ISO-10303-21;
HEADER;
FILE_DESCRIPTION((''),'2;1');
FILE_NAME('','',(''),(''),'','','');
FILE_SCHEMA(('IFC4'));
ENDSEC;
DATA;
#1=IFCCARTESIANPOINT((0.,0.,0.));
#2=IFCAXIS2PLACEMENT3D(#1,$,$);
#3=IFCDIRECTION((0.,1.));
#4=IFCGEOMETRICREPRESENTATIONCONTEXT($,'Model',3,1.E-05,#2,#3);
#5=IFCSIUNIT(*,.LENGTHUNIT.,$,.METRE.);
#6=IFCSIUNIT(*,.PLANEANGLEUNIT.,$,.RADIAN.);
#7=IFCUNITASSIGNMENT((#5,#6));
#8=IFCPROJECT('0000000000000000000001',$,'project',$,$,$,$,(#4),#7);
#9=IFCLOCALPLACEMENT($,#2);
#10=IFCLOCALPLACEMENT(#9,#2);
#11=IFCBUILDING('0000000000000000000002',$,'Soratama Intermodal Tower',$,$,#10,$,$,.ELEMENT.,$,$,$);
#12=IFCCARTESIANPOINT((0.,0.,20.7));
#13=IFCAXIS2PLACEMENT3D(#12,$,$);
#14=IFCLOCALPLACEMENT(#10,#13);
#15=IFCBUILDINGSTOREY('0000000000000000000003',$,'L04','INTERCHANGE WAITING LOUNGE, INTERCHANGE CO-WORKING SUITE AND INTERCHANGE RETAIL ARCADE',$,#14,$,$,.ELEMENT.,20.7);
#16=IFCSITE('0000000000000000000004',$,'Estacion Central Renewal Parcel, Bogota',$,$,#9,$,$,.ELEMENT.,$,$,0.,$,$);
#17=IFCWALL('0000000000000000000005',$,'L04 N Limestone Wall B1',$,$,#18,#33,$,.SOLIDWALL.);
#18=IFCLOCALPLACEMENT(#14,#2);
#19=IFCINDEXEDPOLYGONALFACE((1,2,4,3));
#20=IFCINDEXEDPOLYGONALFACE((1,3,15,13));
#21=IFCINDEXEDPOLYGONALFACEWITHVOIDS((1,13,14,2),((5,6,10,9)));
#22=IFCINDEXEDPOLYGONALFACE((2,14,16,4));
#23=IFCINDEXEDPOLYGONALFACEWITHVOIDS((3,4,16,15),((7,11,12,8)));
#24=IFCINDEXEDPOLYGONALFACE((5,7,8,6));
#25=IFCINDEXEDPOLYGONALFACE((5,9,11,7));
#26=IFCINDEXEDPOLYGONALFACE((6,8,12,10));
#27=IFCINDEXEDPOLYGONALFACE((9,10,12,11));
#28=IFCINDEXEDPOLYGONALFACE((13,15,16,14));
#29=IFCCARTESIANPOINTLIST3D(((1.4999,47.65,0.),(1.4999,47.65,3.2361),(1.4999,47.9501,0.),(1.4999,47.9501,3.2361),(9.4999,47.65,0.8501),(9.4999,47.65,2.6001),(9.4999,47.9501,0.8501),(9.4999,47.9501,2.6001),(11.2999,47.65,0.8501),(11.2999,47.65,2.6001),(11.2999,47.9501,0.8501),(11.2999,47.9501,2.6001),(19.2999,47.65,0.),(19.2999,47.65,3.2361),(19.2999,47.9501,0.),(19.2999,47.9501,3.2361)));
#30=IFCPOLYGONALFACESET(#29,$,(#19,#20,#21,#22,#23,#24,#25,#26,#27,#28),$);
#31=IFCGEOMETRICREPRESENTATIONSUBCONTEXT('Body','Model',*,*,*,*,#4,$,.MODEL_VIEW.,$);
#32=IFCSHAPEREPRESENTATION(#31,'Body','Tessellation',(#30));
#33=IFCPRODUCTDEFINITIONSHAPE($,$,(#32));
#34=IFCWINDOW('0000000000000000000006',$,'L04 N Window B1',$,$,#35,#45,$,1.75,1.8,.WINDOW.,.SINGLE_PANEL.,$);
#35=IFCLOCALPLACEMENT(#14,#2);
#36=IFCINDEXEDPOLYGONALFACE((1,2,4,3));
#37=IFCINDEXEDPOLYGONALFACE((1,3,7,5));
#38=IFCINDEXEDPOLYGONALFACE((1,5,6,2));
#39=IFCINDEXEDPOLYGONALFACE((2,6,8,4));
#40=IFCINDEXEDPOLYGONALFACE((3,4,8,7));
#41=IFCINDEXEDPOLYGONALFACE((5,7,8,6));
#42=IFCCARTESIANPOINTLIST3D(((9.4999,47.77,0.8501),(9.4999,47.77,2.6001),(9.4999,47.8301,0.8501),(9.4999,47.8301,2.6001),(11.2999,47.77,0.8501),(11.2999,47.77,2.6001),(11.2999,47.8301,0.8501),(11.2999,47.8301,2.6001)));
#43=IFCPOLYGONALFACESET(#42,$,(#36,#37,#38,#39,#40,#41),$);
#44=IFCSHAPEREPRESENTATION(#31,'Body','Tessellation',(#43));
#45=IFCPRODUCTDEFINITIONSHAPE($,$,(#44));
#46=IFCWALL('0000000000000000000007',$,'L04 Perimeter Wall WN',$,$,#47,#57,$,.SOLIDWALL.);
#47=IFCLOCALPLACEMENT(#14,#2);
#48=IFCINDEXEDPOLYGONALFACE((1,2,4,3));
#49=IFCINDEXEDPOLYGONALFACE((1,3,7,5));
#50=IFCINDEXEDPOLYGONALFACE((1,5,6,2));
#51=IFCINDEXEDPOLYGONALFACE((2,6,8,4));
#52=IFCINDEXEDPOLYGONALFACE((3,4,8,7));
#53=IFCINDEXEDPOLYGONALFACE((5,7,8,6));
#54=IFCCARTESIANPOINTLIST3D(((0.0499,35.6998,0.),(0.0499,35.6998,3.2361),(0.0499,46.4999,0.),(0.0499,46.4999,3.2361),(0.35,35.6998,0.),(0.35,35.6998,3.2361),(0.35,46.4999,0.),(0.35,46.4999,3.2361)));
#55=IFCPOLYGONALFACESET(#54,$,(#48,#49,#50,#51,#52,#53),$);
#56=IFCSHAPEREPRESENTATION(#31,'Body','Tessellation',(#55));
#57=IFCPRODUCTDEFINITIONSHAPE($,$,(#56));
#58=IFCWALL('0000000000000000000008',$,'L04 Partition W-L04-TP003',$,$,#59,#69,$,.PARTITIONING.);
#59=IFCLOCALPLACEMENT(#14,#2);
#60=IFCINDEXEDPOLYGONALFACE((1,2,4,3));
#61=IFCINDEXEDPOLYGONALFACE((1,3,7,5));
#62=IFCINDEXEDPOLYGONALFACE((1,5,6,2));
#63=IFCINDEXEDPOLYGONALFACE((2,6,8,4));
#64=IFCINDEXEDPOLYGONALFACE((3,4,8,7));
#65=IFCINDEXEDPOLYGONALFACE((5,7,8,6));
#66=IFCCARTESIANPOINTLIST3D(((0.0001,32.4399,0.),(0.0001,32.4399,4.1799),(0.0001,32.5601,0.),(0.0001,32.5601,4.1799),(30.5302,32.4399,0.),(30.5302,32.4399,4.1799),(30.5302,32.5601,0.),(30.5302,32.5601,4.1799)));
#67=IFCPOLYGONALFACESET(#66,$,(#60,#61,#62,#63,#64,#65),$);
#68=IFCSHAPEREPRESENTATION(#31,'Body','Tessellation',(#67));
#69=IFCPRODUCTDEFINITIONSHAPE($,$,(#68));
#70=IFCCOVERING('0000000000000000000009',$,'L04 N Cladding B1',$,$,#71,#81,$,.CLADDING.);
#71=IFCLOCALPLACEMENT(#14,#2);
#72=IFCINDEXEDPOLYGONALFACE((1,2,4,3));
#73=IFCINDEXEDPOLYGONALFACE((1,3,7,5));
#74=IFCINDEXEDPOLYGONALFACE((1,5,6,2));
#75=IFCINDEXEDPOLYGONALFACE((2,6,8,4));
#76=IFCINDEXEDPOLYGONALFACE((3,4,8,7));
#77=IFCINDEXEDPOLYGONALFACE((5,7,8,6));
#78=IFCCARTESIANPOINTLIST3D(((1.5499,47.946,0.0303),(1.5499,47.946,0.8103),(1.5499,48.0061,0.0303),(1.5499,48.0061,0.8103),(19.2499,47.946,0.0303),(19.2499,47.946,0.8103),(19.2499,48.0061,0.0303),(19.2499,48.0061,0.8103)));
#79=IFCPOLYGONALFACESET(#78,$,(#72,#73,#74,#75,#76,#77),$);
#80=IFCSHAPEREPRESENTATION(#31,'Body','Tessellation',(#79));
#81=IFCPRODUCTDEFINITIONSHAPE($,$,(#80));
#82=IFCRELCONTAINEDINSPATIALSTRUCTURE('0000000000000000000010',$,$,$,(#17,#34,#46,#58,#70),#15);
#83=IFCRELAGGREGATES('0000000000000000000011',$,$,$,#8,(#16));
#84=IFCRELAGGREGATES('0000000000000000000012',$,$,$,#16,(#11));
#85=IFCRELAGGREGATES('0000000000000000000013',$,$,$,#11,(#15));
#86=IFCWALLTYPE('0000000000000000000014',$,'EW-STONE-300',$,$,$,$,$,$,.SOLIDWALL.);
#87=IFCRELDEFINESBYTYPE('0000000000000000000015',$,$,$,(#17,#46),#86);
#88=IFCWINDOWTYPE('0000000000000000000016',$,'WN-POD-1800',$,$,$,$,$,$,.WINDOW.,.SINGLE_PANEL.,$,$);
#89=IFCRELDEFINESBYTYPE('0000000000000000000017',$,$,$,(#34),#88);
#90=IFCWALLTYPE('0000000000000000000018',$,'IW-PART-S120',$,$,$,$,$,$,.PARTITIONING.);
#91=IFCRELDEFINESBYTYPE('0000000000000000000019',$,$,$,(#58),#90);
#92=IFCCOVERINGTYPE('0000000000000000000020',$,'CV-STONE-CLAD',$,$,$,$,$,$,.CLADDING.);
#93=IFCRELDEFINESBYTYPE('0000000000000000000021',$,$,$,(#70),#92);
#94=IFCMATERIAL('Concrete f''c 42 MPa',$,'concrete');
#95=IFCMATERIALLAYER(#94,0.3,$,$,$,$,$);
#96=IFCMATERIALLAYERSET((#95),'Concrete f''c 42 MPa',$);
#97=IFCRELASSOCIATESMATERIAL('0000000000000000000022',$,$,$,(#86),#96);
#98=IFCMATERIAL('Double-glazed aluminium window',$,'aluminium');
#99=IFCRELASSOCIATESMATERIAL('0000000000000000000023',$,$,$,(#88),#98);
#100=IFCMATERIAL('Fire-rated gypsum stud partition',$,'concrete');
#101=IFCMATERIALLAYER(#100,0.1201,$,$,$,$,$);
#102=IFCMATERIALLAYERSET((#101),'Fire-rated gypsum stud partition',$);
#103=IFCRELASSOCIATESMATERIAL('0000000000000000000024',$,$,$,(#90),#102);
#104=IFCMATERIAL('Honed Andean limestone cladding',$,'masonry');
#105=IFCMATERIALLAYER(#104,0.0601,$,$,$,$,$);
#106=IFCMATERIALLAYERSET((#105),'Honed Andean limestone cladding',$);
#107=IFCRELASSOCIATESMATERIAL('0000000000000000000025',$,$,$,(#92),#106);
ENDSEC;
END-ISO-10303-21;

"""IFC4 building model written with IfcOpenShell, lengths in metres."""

from ifc_helpers import new_model, si_unit, direction, frame, frame_2d, origin, origin_2d, place, context, subcontext, project, spatial, rectangle, extrude, material, layer, layer_set, type_object, element, fill, save


model = new_model("IFC4")

# Units and contexts
model_context = context("Model", 3, precision=1e-05, world=origin(), true_north=direction((0.0, 1.0)))
body_context = subcontext(model_context, "Body", "Model", "MODEL_VIEW")
ifc_project = project(units=[si_unit("LENGTHUNIT", "METRE"), si_unit("PLANEANGLEUNIT", "RADIAN")], contexts=[model_context])

# Site, building, storey
site_placement = place(None, origin())
site = spatial("IfcSite", under=ifc_project, at=site_placement, Name="Estacion Central Renewal Parcel, Bogota", CompositionType="ELEMENT", RefElevation=0.0)
building_placement = place(site_placement, origin())
building = spatial("IfcBuilding", under=site, at=building_placement, Name="Soratama Intermodal Tower", CompositionType="ELEMENT")
storey_placement = place(building_placement, frame((0.0, 0.0, 20.7)))
storey = spatial("IfcBuildingStorey", under=building, at=storey_placement, Name="L04", Description="INTERCHANGE WAITING LOUNGE, INTERCHANGE CO-WORKING SUITE AND INTERCHANGE RETAIL ARCADE", CompositionType="ELEMENT", Elevation=20.7)

# Wall, opening, window
ifc_material_1 = material(Name="Concrete f'c 42 MPa", Category="concrete")
ifc_layer_1 = layer(ifc_material_1, 0.3)
ifc_layer_set_1 = layer_set([ifc_layer_1], Name="Concrete f'c 42 MPa")
wall_type_1 = type_object("IfcWallType", Name="EW-STONE-300", PredefinedType="SOLIDWALL", material=ifc_layer_set_1)
wall_1_placement = place(storey_placement, frame((1.5, 47.8, 0.0), z_axis=(0.0, 0.0, 1.0), x_axis=(1.0, 0.0, 0.0)))
wall_1 = element("IfcWall", 1, at=wall_1_placement, inside=storey, type_object=wall_type_1, Name="L04 N Limestone Wall B1", PredefinedType="SOLIDWALL", context=body_context, shape_type="SweptSolid", body=[
    extrude(rectangle(XDim=17.8, YDim=0.3, at=frame_2d((8.8999, 0.0))), origin(), (0.0, 0.0, 1.0), 3.2361),
])
opening_placement = place(wall_1_placement, frame((8.0, 0.0, 0.8501)))
opening = element("IfcOpeningElement", 2, at=opening_placement, cuts=wall_1, PredefinedType="OPENING", context=body_context, shape_type="SweptSolid", body=[
    extrude(rectangle(XDim=1.8, YDim=1.75, at=frame_2d((0.8999, 0.875))), frame((0.0, 0.1599, 0.0), z_axis=(0.0, -1.0, 0.0), x_axis=(1.0, 0.0, 0.0)), (0.0, 0.0, 1.0), 0.3201),
])
ifc_material_2 = material(Name="Double-glazed aluminium window", Category="aluminium")
window_type = type_object("IfcWindowType", Name="WN-POD-1800", PartitioningType="SINGLE_PANEL", PredefinedType="WINDOW", material=ifc_material_2)
window_placement = place(opening_placement, origin())
window = element("IfcWindow", 3, at=window_placement, inside=storey, type_object=window_type, Name="L04 N Window B1", OverallHeight=1.75, OverallWidth=1.8, PartitioningType="SINGLE_PANEL", PredefinedType="WINDOW", context=body_context, shape_type="SweptSolid", body=[
    extrude(rectangle(XDim=1.8, YDim=1.75, at=frame_2d((0.8999, 0.875))), frame((0.0, 0.03, 0.0), z_axis=(0.0, -1.0, 0.0), x_axis=(1.0, 0.0, 0.0)), (0.0, 0.0, 1.0), 0.0601),
])
fill(opening, window)

# Walls
wall_2_placement = place(storey_placement, frame((0.2, 35.7, 0.0), z_axis=(0.0, 0.0, 1.0), x_axis=(0.0, 1.0, 0.0)))
element("IfcWall", 4, at=wall_2_placement, inside=storey, type_object=wall_type_1, Name="L04 Perimeter Wall WN", PredefinedType="SOLIDWALL", context=body_context, shape_type="SweptSolid", body=[
    extrude(rectangle(XDim=10.8, YDim=0.3, at=frame_2d((5.3999, 0.0))), origin(), (0.0, 0.0, 1.0), 3.2361),
])
ifc_material_3 = material(Name="Fire-rated gypsum stud partition", Category="concrete")
ifc_layer_2 = layer(ifc_material_3, 0.1201)
ifc_layer_set_2 = layer_set([ifc_layer_2], Name="Fire-rated gypsum stud partition")
wall_type_2 = type_object("IfcWallType", Name="IW-PART-S120", PredefinedType="PARTITIONING", material=ifc_layer_set_2)
wall_3_placement = place(storey_placement, frame((0.0, 32.5, 0.0), z_axis=(0.0, 0.0, 1.0), x_axis=(1.0, 0.0, 0.0)))
element("IfcWall", 5, at=wall_3_placement, inside=storey, type_object=wall_type_2, Name="L04 Partition W-L04-TP003", PredefinedType="PARTITIONING", context=body_context, shape_type="SweptSolid", body=[
    extrude(rectangle(XDim=30.53, YDim=0.1201, at=frame_2d((15.2651, 0.0))), origin(), (0.0, 0.0, 1.0), 4.1799),
])

# Covering
ifc_material_4 = material(Name="Honed Andean limestone cladding", Category="masonry")
ifc_layer_3 = layer(ifc_material_4, 0.0601)
ifc_layer_set_3 = layer_set([ifc_layer_3], Name="Honed Andean limestone cladding")
covering_type = type_object("IfcCoveringType", Name="CV-STONE-CLAD", PredefinedType="CLADDING", material=ifc_layer_set_3)
covering_placement = place(storey_placement, frame((10.3999, 47.9761, 0.0303), z_axis=(0.0, 0.0, 1.0), x_axis=(1.0, 0.0, 0.0)))
element("IfcCovering", 6, at=covering_placement, inside=storey, type_object=covering_type, Name="L04 N Cladding B1", PredefinedType="CLADDING", context=body_context, shape_type="SweptSolid", body=[
    extrude(rectangle(XDim=17.7, YDim=0.0601, at=origin_2d()), origin(), (0.0, 0.0, 1.0), 0.78),
])

save(model, "model.ifc")
